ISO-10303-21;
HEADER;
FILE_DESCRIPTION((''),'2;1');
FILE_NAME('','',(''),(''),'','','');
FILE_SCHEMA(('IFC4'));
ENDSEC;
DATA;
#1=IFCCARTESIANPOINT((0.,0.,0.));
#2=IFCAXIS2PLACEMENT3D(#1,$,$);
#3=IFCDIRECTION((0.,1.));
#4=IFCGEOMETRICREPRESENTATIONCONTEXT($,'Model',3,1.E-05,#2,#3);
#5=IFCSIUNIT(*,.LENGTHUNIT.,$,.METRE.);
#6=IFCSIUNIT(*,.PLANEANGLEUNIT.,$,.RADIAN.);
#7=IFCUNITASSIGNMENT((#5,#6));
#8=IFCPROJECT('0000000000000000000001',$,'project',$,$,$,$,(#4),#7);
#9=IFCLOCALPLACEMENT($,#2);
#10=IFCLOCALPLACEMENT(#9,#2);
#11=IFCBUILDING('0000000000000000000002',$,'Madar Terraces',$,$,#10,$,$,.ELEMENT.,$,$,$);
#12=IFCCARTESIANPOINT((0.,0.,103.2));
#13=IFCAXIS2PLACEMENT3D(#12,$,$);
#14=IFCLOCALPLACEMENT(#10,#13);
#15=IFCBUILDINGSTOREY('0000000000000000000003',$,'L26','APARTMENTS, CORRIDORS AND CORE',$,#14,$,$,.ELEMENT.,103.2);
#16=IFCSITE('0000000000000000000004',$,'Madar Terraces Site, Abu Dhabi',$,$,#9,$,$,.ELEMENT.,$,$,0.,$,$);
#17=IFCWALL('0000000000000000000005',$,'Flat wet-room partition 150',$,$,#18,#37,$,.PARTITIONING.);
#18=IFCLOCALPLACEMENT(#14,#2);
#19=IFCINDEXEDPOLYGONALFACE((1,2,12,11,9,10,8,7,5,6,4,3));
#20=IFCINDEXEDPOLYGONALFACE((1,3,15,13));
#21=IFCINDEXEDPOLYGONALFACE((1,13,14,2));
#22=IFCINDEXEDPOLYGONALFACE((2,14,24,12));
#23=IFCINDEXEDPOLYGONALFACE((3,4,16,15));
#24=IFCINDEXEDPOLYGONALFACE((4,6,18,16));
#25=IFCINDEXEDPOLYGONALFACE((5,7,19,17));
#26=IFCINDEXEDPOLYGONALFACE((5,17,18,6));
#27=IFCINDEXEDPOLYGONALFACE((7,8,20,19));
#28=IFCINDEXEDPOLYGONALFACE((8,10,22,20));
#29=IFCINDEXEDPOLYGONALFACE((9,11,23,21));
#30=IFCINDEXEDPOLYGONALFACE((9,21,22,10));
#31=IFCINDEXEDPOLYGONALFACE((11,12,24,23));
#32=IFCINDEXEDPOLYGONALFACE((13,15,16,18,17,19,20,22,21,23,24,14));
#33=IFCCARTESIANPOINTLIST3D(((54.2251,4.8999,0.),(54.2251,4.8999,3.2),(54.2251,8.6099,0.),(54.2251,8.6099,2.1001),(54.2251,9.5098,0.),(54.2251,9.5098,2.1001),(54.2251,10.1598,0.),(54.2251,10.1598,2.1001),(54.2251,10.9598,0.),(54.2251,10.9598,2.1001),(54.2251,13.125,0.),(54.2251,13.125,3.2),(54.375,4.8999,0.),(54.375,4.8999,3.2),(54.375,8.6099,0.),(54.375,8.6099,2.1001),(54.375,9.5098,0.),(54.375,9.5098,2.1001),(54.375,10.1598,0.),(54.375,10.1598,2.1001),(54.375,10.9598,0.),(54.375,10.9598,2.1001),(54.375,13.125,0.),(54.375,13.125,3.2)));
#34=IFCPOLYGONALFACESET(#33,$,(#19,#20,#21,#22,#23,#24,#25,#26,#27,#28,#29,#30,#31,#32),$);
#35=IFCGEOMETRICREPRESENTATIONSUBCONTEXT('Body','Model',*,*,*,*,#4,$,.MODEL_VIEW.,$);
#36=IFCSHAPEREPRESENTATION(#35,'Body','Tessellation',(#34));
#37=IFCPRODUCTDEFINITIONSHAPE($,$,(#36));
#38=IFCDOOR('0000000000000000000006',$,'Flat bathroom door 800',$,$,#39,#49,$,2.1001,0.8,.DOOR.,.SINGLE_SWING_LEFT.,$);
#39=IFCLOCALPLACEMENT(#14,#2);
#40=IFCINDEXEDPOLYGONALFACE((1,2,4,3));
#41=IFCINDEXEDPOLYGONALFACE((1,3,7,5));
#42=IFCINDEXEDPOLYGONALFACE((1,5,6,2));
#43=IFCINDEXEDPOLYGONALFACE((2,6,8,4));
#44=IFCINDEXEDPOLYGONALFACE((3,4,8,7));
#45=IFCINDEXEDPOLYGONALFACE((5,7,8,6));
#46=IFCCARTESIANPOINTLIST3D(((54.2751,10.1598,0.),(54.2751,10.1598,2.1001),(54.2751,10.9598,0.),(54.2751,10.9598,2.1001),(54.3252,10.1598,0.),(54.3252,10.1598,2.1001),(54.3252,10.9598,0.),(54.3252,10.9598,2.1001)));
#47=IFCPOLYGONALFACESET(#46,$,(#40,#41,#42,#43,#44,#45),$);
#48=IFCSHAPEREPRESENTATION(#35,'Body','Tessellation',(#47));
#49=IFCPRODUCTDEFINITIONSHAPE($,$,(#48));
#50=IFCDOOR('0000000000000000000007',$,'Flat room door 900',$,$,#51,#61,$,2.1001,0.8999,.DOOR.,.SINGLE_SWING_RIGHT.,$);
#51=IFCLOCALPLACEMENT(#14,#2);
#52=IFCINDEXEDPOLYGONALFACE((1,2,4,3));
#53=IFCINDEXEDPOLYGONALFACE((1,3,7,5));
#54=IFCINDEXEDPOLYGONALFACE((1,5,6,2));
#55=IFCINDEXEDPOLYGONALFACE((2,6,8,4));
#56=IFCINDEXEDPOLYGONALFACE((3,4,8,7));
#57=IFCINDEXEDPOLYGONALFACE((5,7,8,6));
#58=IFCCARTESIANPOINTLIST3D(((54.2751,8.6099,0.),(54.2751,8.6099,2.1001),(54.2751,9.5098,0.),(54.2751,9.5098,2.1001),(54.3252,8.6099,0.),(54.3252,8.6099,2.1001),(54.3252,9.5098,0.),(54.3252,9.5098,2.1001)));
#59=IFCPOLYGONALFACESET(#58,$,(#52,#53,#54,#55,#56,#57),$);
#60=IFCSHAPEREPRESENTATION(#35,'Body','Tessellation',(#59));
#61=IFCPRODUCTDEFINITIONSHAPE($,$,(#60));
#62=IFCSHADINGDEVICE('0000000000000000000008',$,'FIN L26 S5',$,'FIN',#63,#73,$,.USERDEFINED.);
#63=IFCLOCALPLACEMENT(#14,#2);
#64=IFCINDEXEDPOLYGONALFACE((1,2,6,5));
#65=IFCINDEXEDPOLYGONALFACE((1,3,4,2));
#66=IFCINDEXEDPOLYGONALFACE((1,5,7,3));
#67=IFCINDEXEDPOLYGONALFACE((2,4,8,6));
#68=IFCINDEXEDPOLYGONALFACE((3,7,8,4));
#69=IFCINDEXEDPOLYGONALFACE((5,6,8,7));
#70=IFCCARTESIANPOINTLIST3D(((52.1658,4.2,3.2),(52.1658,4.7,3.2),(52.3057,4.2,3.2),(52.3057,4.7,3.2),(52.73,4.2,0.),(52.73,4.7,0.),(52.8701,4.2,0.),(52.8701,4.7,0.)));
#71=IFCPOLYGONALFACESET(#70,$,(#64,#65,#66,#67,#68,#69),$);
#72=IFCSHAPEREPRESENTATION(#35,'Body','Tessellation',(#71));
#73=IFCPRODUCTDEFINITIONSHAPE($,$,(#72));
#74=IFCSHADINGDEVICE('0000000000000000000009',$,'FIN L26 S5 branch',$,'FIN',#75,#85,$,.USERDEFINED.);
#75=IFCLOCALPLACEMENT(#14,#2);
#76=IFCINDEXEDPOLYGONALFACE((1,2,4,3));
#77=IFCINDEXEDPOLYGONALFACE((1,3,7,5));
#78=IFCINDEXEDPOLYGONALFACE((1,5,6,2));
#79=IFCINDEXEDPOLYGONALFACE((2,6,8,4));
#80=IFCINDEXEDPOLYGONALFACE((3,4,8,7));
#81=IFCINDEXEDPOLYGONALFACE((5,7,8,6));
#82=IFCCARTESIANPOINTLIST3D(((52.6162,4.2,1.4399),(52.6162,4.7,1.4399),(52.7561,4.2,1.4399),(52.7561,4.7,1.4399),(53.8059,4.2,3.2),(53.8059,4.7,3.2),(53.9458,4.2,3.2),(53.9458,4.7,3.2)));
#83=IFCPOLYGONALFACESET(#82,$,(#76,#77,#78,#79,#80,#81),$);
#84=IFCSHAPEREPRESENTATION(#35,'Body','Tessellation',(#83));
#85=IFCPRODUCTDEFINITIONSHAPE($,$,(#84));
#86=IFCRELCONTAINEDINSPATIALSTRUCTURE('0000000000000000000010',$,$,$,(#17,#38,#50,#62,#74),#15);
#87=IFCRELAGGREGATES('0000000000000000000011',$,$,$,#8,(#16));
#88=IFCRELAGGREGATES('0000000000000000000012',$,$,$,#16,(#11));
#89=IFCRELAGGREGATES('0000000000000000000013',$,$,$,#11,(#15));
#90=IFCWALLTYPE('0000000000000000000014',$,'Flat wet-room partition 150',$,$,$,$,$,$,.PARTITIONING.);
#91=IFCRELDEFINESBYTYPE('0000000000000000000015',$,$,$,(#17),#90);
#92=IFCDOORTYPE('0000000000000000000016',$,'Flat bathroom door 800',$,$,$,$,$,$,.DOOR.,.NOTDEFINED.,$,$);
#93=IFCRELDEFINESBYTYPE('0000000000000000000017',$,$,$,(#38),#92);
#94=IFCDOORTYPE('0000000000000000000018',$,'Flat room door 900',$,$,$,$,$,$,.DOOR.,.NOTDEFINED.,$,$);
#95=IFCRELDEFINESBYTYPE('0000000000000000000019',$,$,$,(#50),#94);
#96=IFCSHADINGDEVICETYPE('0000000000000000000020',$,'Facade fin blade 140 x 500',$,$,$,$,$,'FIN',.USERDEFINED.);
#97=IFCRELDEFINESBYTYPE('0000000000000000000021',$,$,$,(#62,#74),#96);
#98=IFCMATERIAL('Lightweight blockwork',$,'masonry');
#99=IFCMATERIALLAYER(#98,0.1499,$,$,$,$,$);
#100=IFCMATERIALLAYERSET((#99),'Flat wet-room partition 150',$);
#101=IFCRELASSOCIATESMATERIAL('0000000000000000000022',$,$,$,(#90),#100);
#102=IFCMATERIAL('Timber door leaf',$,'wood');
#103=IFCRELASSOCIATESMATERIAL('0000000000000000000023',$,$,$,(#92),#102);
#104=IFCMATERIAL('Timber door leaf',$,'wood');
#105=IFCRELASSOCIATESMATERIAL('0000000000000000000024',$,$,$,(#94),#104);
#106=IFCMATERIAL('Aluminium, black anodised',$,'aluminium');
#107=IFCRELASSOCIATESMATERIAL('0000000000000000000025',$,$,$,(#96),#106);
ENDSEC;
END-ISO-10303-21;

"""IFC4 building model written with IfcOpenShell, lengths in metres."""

from ifc_helpers import new_model, si_unit, direction, frame, frame_2d, origin, place, context, subcontext, project, spatial, polyline, rectangle, outline, extrude, material, layer, layer_set, type_object, element, fill, save


model = new_model("IFC4")

# Units and contexts
model_context = context("Model", 3, precision=1e-05, world=origin(), true_north=direction((0.0, 1.0)))
body_context = subcontext(model_context, "Body", "Model", "MODEL_VIEW")
ifc_project = project(units=[si_unit("LENGTHUNIT", "METRE"), si_unit("PLANEANGLEUNIT", "RADIAN")], contexts=[model_context])

# Site, building, storey
site_placement = place(None, origin())
site = spatial("IfcSite", under=ifc_project, at=site_placement, Name="Madar Terraces Site, Abu Dhabi", CompositionType="ELEMENT", RefElevation=0.0)
building_placement = place(site_placement, origin())
building = spatial("IfcBuilding", under=site, at=building_placement, Name="Madar Terraces", CompositionType="ELEMENT")
storey_placement = place(building_placement, frame((0.0, 0.0, 103.2)))
storey = spatial("IfcBuildingStorey", under=building, at=storey_placement, Name="L26", Description="APARTMENTS, CORRIDORS AND CORE", CompositionType="ELEMENT", Elevation=103.2)

# Shared definitions
ifc_material_1 = material(Name="Lightweight blockwork", Category="masonry")
ifc_layer_1 = layer(ifc_material_1, 0.1499)
ifc_layer_set_1 = layer_set([ifc_layer_1], Name="Flat wet-room partition 150")
wall_type_1 = type_object("IfcWallType", Name="Flat wet-room partition 150", PredefinedType="PARTITIONING", material=ifc_layer_set_1)

# Wall, openings, doors
wall_1_placement = place(storey_placement, frame((54.3, 4.8999, 0.0), z_axis=(0.0, 0.0, 1.0), x_axis=(0.0, 1.0, 0.0)))
wall_1 = element("IfcWall", 1, at=wall_1_placement, inside=storey, type_object=wall_type_1, Name="Flat wet-room partition 150", PredefinedType="PARTITIONING", context=body_context, shape_type="SweptSolid", body=[
    extrude(rectangle(XDim=8.2251, YDim=0.1499, at=frame_2d((4.1125, 0.0))), origin(), (0.0, 0.0, 1.0), 3.2),
])
opening_1_placement = place(wall_1_placement, frame((5.26, 0.0, 0.0)))
opening_1 = element("IfcOpeningElement", 2, at=opening_1_placement, cuts=wall_1, PredefinedType="OPENING", context=body_context, shape_type="SweptSolid", body=[
    extrude(rectangle(XDim=0.8, YDim=2.1001, at=frame_2d((0.3999, 1.05))), frame((0.0, 0.085, 0.0), z_axis=(0.0, -1.0, 0.0), x_axis=(1.0, 0.0, 0.0)), (0.0, 0.0, 1.0), 0.1699),
])
opening_2_placement = place(wall_1_placement, frame((3.71, 0.0, 0.0)))
opening_2 = element("IfcOpeningElement", 3, at=opening_2_placement, cuts=wall_1, PredefinedType="OPENING", context=body_context, shape_type="SweptSolid", body=[
    extrude(rectangle(XDim=0.8999, YDim=2.1001, at=frame_2d((0.45, 1.05))), frame((0.0, 0.085, 0.0), z_axis=(0.0, -1.0, 0.0), x_axis=(1.0, 0.0, 0.0)), (0.0, 0.0, 1.0), 0.1699),
])
ifc_material_2 = material(Name="Timber door leaf", Category="wood")
door_type_1 = type_object("IfcDoorType", Name="Flat bathroom door 800", OperationType="NOTDEFINED", PredefinedType="DOOR", material=ifc_material_2)
door_1_placement = place(opening_1_placement, origin())
door_1 = element("IfcDoor", 4, at=door_1_placement, inside=storey, type_object=door_type_1, Name="Flat bathroom door 800", OperationType="SINGLE_SWING_LEFT", OverallHeight=2.1001, OverallWidth=0.8, PredefinedType="DOOR", context=body_context, shape_type="SweptSolid", body=[
    extrude(rectangle(XDim=0.8, YDim=2.1001, at=frame_2d((0.3999, 1.05))), frame((0.0, 0.0249, 0.0), z_axis=(0.0, -1.0, 0.0), x_axis=(1.0, 0.0, 0.0)), (0.0, 0.0, 1.0), 0.05),
])
fill(opening_1, door_1)
ifc_material_3 = material(Name="Timber door leaf", Category="wood")
door_type_2 = type_object("IfcDoorType", Name="Flat room door 900", OperationType="NOTDEFINED", PredefinedType="DOOR", material=ifc_material_3)
door_2_placement = place(opening_2_placement, origin())
door_2 = element("IfcDoor", 5, at=door_2_placement, inside=storey, type_object=door_type_2, Name="Flat room door 900", OperationType="SINGLE_SWING_RIGHT", OverallHeight=2.1001, OverallWidth=0.8999, PredefinedType="DOOR", context=body_context, shape_type="SweptSolid", body=[
    extrude(rectangle(XDim=0.8999, YDim=2.1001, at=frame_2d((0.45, 1.05))), frame((0.0, 0.0249, 0.0), z_axis=(0.0, -1.0, 0.0), x_axis=(1.0, 0.0, 0.0)), (0.0, 0.0, 1.0), 0.05),
])
fill(opening_2, door_2)

# Shading devices
ifc_material_4 = material(Name="Aluminium, black anodised", Category="aluminium")
shading_device_type = type_object("IfcShadingDeviceType", Name="Facade fin blade 140 x 500", ElementType="FIN", PredefinedType="USERDEFINED", material=ifc_material_4)
shading_device_1_placement = place(storey_placement, frame((52.73, 4.45, 0.0), z_axis=(0.0, 0.0, 1.0), x_axis=(1.0, 0.0, 0.0)))
element("IfcShadingDevice", 6, at=shading_device_1_placement, inside=storey, type_object=shading_device_type, Name="FIN L26 S5", ObjectType="FIN", PredefinedType="USERDEFINED", context=body_context, shape_type="SweptSolid", body=[
    extrude(outline(polyline([(0.0, 0.0), (0.1401, 0.0), (-0.4243, 3.2), (-0.5642, 3.2), (0.0, 0.0)])), frame((0.0, 0.25, 0.0), z_axis=(0.0, -1.0, 0.0), x_axis=(1.0, 0.0, 0.0)), (0.0, 0.0, 1.0), 0.5),
])
shading_device_2_placement = place(storey_placement, frame((52.6162, 4.45, 1.4399), z_axis=(0.0, 0.0, 1.0), x_axis=(1.0, 0.0, 0.0)))
element("IfcShadingDevice", 7, at=shading_device_2_placement, inside=storey, type_object=shading_device_type, Name="FIN L26 S5 branch", ObjectType="FIN", PredefinedType="USERDEFINED", context=body_context, shape_type="SweptSolid", body=[
    extrude(outline(polyline([(0.0, 0.0), (0.1399, 0.0), (1.3296, 1.76), (1.1897, 1.76), (0.0, 0.0)])), frame((0.0, 0.25, 0.0), z_axis=(0.0, -1.0, 0.0), x_axis=(1.0, 0.0, 0.0)), (0.0, 0.0, 1.0), 0.5),
])

save(model, "model.ifc")
